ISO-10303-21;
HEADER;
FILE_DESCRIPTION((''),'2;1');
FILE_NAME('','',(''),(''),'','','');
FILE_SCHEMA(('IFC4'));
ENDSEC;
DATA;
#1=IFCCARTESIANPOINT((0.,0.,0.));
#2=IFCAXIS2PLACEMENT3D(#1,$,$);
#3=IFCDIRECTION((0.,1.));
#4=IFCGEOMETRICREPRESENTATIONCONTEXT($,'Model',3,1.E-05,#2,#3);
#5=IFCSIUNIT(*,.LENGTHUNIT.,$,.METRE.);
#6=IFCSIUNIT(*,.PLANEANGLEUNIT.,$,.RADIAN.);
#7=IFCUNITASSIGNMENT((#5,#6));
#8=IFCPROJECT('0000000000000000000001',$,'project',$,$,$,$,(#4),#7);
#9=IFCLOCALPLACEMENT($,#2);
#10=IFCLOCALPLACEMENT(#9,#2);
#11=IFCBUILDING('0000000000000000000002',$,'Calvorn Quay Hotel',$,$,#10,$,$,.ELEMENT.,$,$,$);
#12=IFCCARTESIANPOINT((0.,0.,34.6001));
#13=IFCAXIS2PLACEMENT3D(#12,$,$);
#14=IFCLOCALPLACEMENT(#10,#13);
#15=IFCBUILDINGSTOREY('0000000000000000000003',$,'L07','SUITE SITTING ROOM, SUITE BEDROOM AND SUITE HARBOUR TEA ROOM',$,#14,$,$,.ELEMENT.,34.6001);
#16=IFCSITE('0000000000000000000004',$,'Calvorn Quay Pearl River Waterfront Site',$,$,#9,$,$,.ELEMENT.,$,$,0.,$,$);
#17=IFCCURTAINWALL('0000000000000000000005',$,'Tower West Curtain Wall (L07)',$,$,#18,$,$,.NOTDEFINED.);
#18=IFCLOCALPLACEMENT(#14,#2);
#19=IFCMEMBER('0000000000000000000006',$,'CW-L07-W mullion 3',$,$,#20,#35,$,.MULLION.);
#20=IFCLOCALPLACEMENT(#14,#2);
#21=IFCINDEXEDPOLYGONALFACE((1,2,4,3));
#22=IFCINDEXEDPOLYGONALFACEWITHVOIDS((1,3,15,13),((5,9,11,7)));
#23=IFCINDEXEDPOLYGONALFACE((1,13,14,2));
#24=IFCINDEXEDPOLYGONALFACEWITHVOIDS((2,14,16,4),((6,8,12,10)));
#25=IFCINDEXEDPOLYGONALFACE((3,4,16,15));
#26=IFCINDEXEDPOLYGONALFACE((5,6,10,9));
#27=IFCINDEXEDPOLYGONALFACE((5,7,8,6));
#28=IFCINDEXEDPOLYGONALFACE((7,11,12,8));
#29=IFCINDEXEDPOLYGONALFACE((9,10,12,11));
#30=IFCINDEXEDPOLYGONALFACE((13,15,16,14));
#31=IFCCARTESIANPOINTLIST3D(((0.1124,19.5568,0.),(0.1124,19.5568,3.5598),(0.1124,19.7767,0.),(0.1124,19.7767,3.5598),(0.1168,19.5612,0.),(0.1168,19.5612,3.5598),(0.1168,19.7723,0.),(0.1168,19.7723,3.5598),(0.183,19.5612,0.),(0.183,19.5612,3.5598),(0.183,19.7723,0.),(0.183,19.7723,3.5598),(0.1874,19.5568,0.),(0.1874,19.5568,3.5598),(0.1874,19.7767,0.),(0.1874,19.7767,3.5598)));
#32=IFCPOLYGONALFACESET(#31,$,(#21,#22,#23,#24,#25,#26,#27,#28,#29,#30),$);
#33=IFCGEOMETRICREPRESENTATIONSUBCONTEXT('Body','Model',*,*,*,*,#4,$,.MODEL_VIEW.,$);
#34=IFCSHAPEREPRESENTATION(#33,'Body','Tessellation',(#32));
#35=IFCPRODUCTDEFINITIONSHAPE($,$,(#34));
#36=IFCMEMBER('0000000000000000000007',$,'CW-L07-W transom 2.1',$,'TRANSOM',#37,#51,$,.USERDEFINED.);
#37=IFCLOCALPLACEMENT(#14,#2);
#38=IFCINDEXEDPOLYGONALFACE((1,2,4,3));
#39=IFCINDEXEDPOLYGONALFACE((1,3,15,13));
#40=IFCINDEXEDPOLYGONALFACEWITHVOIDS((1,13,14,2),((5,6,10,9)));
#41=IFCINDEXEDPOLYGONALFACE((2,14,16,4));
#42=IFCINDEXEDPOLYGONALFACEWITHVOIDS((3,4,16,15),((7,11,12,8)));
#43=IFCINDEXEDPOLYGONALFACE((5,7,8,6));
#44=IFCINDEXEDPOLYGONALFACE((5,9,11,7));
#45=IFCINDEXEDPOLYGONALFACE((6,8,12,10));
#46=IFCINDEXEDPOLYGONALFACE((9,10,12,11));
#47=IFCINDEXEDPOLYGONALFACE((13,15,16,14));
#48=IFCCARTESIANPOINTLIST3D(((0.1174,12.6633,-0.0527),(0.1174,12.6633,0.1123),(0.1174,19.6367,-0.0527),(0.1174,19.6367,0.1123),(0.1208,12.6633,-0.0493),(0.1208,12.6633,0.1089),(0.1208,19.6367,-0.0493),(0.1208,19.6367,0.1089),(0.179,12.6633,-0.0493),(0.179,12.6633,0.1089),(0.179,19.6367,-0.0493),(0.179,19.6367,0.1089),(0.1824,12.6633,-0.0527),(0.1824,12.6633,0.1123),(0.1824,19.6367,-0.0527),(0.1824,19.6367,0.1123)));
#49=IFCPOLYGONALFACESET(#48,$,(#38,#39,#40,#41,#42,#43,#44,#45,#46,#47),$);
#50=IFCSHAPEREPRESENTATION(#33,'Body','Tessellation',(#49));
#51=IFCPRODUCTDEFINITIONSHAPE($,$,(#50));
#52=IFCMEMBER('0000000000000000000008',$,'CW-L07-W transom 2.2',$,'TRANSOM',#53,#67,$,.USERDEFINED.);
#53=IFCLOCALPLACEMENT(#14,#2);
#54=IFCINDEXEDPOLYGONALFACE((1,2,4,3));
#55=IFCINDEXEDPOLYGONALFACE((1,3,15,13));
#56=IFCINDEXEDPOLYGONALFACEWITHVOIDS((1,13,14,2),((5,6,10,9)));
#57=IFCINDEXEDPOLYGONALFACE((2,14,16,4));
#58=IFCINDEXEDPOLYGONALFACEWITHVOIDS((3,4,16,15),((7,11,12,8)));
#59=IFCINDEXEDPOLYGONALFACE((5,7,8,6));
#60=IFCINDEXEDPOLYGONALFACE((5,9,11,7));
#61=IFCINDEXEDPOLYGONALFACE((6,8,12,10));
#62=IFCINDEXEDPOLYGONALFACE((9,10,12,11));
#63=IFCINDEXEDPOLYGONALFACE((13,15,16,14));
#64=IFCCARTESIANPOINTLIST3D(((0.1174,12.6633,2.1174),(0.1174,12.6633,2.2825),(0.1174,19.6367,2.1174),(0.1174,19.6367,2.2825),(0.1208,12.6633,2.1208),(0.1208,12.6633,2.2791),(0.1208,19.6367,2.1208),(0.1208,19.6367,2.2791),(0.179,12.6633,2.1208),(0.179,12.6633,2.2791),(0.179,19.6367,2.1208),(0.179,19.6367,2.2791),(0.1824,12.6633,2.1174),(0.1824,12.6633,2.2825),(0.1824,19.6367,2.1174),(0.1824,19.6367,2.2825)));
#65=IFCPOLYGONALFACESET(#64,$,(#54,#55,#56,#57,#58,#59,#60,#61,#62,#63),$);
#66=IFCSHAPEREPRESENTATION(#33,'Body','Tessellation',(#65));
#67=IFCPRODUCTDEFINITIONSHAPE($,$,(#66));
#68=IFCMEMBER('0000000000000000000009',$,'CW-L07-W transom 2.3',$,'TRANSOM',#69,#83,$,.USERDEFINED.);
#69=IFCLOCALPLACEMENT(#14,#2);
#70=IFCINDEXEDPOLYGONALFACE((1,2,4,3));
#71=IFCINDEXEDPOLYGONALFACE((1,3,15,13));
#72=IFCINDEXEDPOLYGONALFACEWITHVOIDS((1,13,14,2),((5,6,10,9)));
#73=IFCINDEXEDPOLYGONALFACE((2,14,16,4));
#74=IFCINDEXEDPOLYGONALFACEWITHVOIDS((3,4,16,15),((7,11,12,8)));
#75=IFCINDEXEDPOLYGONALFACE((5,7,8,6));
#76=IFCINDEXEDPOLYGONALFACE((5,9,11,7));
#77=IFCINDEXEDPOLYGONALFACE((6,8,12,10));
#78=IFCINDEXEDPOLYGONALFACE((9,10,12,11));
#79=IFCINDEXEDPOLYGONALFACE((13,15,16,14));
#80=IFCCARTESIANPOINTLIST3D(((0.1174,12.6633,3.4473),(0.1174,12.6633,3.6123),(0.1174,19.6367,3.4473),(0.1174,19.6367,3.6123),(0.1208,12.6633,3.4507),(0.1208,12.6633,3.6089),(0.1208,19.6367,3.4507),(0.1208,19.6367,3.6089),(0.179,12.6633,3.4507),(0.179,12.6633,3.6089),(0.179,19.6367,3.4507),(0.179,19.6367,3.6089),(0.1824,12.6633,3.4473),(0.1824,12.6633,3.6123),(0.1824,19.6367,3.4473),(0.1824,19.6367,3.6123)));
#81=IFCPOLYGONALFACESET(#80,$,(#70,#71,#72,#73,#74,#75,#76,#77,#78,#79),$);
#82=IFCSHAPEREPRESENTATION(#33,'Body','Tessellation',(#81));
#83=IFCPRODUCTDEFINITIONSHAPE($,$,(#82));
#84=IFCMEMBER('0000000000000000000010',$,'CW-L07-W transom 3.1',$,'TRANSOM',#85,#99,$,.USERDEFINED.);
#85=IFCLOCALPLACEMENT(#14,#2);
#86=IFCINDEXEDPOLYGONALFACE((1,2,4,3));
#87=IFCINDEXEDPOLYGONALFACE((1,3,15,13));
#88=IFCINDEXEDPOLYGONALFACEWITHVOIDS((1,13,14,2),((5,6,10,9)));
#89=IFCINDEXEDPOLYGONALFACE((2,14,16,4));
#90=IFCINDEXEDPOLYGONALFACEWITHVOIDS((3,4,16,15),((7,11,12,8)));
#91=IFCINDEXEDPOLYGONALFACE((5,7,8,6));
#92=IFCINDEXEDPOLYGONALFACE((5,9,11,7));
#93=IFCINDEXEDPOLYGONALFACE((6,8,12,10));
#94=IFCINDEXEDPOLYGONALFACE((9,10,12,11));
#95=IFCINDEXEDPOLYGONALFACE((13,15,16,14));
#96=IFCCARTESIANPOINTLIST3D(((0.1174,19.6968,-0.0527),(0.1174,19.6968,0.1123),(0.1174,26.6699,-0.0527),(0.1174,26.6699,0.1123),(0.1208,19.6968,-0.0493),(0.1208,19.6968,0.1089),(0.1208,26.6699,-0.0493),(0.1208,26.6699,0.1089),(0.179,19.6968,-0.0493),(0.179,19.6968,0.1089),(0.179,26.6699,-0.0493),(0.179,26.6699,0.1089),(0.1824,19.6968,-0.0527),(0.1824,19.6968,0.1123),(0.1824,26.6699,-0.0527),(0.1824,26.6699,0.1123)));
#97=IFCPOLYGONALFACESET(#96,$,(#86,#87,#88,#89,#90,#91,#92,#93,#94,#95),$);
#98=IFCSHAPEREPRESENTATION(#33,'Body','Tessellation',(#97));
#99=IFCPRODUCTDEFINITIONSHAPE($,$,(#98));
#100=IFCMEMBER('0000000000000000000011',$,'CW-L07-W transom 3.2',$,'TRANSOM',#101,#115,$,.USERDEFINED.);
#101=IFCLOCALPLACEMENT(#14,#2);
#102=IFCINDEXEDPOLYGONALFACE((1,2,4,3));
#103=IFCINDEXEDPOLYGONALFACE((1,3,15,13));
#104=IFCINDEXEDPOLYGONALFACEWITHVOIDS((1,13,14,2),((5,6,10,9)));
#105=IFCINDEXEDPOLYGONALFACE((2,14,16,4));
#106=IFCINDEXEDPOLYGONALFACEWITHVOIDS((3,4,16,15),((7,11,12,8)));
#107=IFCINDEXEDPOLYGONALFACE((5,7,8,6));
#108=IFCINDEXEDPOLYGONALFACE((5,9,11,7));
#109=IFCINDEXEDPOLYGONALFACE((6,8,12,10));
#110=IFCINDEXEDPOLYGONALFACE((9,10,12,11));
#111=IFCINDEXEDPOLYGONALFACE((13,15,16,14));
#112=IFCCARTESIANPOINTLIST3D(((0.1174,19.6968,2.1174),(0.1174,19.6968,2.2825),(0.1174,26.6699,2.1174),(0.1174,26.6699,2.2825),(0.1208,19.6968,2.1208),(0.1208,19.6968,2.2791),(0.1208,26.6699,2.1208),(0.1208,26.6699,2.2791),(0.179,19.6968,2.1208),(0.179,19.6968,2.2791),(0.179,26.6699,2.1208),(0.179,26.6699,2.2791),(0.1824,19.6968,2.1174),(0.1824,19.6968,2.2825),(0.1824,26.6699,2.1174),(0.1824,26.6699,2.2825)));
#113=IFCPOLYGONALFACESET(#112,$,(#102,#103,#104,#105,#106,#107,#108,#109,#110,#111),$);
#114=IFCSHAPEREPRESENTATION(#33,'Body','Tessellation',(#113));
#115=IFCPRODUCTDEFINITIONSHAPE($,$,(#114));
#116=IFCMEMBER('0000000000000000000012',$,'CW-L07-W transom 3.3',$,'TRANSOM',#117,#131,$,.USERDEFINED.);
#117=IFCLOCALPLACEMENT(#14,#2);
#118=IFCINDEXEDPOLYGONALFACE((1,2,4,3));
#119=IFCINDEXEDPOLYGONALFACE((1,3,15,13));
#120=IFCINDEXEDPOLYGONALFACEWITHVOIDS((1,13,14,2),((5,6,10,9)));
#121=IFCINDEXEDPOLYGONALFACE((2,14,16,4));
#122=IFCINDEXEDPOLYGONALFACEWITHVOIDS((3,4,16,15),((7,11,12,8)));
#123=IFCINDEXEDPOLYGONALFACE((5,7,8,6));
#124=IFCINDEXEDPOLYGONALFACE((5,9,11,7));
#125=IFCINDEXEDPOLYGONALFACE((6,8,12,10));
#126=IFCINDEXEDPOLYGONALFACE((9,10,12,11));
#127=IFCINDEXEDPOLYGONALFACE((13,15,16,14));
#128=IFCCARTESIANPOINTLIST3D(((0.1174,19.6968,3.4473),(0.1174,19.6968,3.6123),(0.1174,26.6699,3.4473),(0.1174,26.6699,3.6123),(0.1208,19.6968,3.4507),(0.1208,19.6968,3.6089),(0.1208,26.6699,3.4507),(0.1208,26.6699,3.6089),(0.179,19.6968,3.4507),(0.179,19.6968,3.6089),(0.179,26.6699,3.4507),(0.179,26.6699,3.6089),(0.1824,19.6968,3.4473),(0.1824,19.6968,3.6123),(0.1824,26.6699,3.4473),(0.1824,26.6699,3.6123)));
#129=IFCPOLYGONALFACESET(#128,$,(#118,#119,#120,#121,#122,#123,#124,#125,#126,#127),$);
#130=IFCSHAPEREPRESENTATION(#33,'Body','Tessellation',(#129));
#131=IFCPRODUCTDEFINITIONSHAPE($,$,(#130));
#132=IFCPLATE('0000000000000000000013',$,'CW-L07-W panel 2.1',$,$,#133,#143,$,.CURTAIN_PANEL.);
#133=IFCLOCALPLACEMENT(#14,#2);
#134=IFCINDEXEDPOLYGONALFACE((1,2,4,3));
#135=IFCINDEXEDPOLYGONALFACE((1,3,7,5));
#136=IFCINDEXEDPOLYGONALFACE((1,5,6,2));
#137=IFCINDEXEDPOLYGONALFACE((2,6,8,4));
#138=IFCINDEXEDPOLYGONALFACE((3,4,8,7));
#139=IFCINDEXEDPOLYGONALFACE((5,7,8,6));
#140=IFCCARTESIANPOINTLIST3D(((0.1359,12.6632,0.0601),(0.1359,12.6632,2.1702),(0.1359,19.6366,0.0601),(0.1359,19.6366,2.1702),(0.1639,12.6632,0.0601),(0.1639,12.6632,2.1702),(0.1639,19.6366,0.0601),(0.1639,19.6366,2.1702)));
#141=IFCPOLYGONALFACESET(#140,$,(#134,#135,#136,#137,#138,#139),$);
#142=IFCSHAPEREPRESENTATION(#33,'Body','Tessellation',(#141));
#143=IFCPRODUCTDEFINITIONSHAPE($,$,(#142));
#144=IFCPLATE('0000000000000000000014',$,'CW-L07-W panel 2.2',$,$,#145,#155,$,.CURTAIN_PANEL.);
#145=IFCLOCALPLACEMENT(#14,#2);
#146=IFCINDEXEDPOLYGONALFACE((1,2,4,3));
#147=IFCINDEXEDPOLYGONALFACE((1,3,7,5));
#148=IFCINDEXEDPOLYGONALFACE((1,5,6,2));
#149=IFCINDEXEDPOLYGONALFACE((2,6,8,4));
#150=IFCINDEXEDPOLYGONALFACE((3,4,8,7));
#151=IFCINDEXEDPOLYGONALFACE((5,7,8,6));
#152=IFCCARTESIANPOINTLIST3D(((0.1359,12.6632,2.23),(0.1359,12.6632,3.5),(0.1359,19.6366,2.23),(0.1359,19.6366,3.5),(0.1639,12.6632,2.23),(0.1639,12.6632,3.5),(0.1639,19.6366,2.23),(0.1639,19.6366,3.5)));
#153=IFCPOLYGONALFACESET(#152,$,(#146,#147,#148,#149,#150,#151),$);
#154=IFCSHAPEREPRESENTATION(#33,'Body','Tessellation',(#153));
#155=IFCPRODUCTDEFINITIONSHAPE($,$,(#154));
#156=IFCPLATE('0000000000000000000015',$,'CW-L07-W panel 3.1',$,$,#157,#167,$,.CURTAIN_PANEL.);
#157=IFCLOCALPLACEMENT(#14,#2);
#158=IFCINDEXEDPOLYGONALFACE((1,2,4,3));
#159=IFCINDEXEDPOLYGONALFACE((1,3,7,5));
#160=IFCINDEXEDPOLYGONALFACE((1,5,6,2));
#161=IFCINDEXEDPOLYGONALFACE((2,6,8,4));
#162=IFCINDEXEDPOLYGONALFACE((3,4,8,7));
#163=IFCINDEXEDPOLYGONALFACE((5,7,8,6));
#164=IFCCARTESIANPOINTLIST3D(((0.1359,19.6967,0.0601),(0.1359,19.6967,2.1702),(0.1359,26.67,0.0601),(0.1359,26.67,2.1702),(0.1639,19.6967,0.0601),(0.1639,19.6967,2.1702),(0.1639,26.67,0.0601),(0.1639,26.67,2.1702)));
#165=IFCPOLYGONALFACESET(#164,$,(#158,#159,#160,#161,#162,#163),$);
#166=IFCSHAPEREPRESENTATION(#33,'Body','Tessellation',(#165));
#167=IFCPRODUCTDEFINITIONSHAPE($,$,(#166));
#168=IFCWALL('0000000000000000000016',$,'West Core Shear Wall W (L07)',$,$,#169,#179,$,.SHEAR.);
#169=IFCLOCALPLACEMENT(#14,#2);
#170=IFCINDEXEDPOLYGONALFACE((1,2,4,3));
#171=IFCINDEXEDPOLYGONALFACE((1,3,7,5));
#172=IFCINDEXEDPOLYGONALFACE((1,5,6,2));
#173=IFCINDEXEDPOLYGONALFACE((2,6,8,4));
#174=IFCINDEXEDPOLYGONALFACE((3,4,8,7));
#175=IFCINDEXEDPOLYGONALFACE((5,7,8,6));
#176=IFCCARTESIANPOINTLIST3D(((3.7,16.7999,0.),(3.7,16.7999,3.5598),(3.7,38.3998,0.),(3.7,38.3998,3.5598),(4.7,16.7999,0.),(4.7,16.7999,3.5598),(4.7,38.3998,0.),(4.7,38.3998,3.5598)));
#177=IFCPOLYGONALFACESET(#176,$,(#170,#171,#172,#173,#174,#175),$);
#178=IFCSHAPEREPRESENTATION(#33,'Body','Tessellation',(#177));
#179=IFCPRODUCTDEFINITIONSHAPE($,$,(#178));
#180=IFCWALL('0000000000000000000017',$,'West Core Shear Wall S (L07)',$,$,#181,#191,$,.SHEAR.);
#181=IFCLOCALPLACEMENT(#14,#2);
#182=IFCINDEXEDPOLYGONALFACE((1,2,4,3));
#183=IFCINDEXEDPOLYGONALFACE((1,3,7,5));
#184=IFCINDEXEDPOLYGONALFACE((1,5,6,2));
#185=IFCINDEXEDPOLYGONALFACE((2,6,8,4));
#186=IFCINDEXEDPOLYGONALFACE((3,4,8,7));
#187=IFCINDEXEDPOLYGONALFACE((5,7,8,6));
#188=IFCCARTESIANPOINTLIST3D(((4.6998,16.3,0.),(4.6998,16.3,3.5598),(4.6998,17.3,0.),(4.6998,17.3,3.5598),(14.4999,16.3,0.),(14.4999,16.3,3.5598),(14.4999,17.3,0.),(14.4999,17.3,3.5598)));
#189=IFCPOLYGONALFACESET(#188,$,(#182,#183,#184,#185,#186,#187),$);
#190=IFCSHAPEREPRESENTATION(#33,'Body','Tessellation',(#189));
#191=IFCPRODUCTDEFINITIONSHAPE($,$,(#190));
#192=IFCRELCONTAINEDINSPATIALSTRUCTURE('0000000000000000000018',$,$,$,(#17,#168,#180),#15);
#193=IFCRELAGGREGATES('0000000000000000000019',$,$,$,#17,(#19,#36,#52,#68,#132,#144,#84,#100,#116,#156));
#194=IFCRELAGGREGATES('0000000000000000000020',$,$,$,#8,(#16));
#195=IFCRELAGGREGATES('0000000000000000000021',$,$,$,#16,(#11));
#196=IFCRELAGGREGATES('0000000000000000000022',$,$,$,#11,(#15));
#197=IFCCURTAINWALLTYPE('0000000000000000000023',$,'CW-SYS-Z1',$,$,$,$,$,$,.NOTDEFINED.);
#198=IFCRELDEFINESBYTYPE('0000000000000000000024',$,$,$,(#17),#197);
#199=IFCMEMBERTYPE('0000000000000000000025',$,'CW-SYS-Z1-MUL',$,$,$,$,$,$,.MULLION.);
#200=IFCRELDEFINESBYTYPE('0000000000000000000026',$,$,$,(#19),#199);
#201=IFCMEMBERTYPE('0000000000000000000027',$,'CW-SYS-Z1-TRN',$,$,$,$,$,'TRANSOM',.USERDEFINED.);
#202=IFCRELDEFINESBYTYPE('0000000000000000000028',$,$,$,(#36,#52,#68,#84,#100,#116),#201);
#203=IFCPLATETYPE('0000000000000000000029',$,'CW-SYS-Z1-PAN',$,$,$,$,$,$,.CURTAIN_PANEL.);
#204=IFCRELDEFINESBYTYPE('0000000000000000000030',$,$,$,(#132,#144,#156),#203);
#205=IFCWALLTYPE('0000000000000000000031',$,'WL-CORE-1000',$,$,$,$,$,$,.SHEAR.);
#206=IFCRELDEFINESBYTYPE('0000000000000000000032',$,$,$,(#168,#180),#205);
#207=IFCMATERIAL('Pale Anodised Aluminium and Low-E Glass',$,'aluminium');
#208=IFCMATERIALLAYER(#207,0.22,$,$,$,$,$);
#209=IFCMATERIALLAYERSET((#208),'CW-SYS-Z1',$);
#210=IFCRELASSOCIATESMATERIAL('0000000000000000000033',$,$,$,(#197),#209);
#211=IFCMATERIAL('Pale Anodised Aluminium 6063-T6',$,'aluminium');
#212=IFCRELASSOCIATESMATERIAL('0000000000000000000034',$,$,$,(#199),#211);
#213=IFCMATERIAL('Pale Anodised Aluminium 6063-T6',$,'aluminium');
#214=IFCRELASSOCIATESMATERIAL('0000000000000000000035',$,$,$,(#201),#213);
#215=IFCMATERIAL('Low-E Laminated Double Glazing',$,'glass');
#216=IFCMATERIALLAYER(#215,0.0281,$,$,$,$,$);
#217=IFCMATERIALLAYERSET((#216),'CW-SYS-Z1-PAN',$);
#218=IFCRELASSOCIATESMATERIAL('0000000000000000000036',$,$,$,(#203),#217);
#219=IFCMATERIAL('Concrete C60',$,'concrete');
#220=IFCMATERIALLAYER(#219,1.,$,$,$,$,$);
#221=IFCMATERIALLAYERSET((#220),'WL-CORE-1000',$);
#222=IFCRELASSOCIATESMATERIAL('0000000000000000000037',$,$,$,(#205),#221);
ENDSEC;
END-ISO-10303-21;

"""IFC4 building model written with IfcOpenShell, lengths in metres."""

from ifc_helpers import new_model, si_unit, direction, frame, frame_2d, origin, origin_2d, place, context, subcontext, project, spatial, rectangle, hollow_rectangle, extrude, material, layer, layer_set, material_profile, profile_set, type_object, element, aggregate, save


model = new_model("IFC4")

# Units and contexts
model_context = context("Model", 3, precision=1e-05, world=origin(), true_north=direction((0.0, 1.0)))
body_context = subcontext(model_context, "Body", "Model", "MODEL_VIEW")
ifc_project = project(units=[si_unit("LENGTHUNIT", "METRE"), si_unit("PLANEANGLEUNIT", "RADIAN")], contexts=[model_context])

# Site, building, storey
site_placement = place(None, origin())
site = spatial("IfcSite", under=ifc_project, at=site_placement, Name="Calvorn Quay Pearl River Waterfront Site", CompositionType="ELEMENT", RefElevation=0.0)
building_placement = place(site_placement, origin())
building = spatial("IfcBuilding", under=site, at=building_placement, Name="Calvorn Quay Hotel", CompositionType="ELEMENT")
storey_placement = place(building_placement, frame((0.0, 0.0, 34.6001)))
storey = spatial("IfcBuildingStorey", under=building, at=storey_placement, Name="L07", Description="SUITE SITTING ROOM, SUITE BEDROOM AND SUITE HARBOUR TEA ROOM", CompositionType="ELEMENT", Elevation=34.6001)

# Curtain wall, members, plates
ifc_material_1 = material(Name="Pale Anodised Aluminium and Low-E Glass", Category="aluminium")
ifc_layer_1 = layer(ifc_material_1, 0.22)
ifc_layer_set_1 = layer_set([ifc_layer_1], Name="CW-SYS-Z1")
curtain_wall_type = type_object("IfcCurtainWallType", Name="CW-SYS-Z1", PredefinedType="NOTDEFINED", material=ifc_layer_set_1)
curtain_wall_placement = place(storey_placement, origin())
curtain_wall = element("IfcCurtainWall", 1, at=curtain_wall_placement, inside=storey, type_object=curtain_wall_type, Name="Tower West Curtain Wall (L07)", PredefinedType="NOTDEFINED")
ifc_material_2 = material(Name="Pale Anodised Aluminium 6063-T6", Category="aluminium")
ifc_material_profile_1 = material_profile(ifc_material_2, hollow_rectangle(XDim=0.075, YDim=0.22, WallThickness=0.0044, at=origin_2d()), Name="ALU-M220x75x4.5")
ifc_profile_set_1 = profile_set([ifc_material_profile_1], Name="Pale Anodised Aluminium 6063-T6")
member_type_1 = type_object("IfcMemberType", Name="CW-SYS-Z1-MUL", PredefinedType="MULLION", material=ifc_profile_set_1)
member_1_placement = place(storey_placement, frame((0.1499, 19.6667, 0.0), z_axis=(0.0, 0.0, 1.0), x_axis=(-1.0, 0.0, 0.0)))
member_1 = element("IfcMember", 2, at=member_1_placement, type_object=member_type_1, Name="CW-L07-W mullion 3", PredefinedType="MULLION", context=body_context, shape_type="SweptSolid", body=[
    extrude(hollow_rectangle(XDim=0.075, YDim=0.22, WallThickness=0.0044, at=origin_2d()), origin(), (0.0, 0.0, 1.0), 3.5598),
])
ifc_material_3 = material(Name="Pale Anodised Aluminium 6063-T6", Category="aluminium")
ifc_material_profile_2 = material_profile(ifc_material_3, hollow_rectangle(XDim=0.0649, YDim=0.165, WallThickness=0.0034, at=origin_2d()), Name="ALU-T165x65x3.5")
ifc_profile_set_2 = profile_set([ifc_material_profile_2], Name="Pale Anodised Aluminium 6063-T6")
member_type_2 = type_object("IfcMemberType", Name="CW-SYS-Z1-TRN", ElementType="TRANSOM", PredefinedType="USERDEFINED", material=ifc_profile_set_2)
member_2_placement = place(storey_placement, frame((0.1499, 12.6633, 0.0298), z_axis=(0.0, 1.0, 0.0), x_axis=(-1.0, 0.0, 0.0)))
member_2 = element("IfcMember", 3, at=member_2_placement, type_object=member_type_2, Name="CW-L07-W transom 2.1", ObjectType="TRANSOM", PredefinedType="USERDEFINED", context=body_context, shape_type="SweptSolid", body=[
    extrude(hollow_rectangle(XDim=0.0649, YDim=0.165, WallThickness=0.0034, at=origin_2d()), origin(), (0.0, 0.0, 1.0), 6.9734),
])
member_3_placement = place(storey_placement, frame((0.1499, 12.6633, 2.2), z_axis=(0.0, 1.0, 0.0), x_axis=(-1.0, 0.0, 0.0)))
member_3 = element("IfcMember", 4, at=member_3_placement, type_object=member_type_2, Name="CW-L07-W transom 2.2", ObjectType="TRANSOM", PredefinedType="USERDEFINED", context=body_context, shape_type="SweptSolid", body=[
    extrude(hollow_rectangle(XDim=0.0649, YDim=0.165, WallThickness=0.0034, at=origin_2d()), origin(), (0.0, 0.0, 1.0), 6.9734),
])
member_4_placement = place(storey_placement, frame((0.1499, 12.6633, 3.5298), z_axis=(0.0, 1.0, 0.0), x_axis=(-1.0, 0.0, 0.0)))
member_4 = element("IfcMember", 5, at=member_4_placement, type_object=member_type_2, Name="CW-L07-W transom 2.3", ObjectType="TRANSOM", PredefinedType="USERDEFINED", context=body_context, shape_type="SweptSolid", body=[
    extrude(hollow_rectangle(XDim=0.0649, YDim=0.165, WallThickness=0.0034, at=origin_2d()), origin(), (0.0, 0.0, 1.0), 6.9734),
])
member_5_placement = place(storey_placement, frame((0.1499, 19.6968, 0.0298), z_axis=(0.0, 1.0, 0.0), x_axis=(-1.0, 0.0, 0.0)))
member_5 = element("IfcMember", 6, at=member_5_placement, type_object=member_type_2, Name="CW-L07-W transom 3.1", ObjectType="TRANSOM", PredefinedType="USERDEFINED", context=body_context, shape_type="SweptSolid", body=[
    extrude(hollow_rectangle(XDim=0.0649, YDim=0.165, WallThickness=0.0034, at=origin_2d()), origin(), (0.0, 0.0, 1.0), 6.9731),
])
member_6_placement = place(storey_placement, frame((0.1499, 19.6968, 2.2), z_axis=(0.0, 1.0, 0.0), x_axis=(-1.0, 0.0, 0.0)))
member_6 = element("IfcMember", 7, at=member_6_placement, type_object=member_type_2, Name="CW-L07-W transom 3.2", ObjectType="TRANSOM", PredefinedType="USERDEFINED", context=body_context, shape_type="SweptSolid", body=[
    extrude(hollow_rectangle(XDim=0.0649, YDim=0.165, WallThickness=0.0034, at=origin_2d()), origin(), (0.0, 0.0, 1.0), 6.9731),
])
member_7_placement = place(storey_placement, frame((0.1499, 19.6968, 3.5298), z_axis=(0.0, 1.0, 0.0), x_axis=(-1.0, 0.0, 0.0)))
member_7 = element("IfcMember", 8, at=member_7_placement, type_object=member_type_2, Name="CW-L07-W transom 3.3", ObjectType="TRANSOM", PredefinedType="USERDEFINED", context=body_context, shape_type="SweptSolid", body=[
    extrude(hollow_rectangle(XDim=0.0649, YDim=0.165, WallThickness=0.0034, at=origin_2d()), origin(), (0.0, 0.0, 1.0), 6.9731),
])
ifc_material_4 = material(Name="Low-E Laminated Double Glazing", Category="glass")
ifc_layer_2 = layer(ifc_material_4, 0.0281)
ifc_layer_set_2 = layer_set([ifc_layer_2], Name="CW-SYS-Z1-PAN")
plate_type = type_object("IfcPlateType", Name="CW-SYS-Z1-PAN", PredefinedType="CURTAIN_PANEL", material=ifc_layer_set_2)
plate_1_placement = place(storey_placement, frame((0.1499, 16.1499, 0.0601), z_axis=(0.0, 0.0, 1.0), x_axis=(0.0, 1.0, 0.0)))
plate_1 = element("IfcPlate", 9, at=plate_1_placement, type_object=plate_type, Name="CW-L07-W panel 2.1", PredefinedType="CURTAIN_PANEL", context=body_context, shape_type="SweptSolid", body=[
    extrude(rectangle(XDim=6.9734, YDim=0.0281, at=origin_2d()), origin(), (0.0, 0.0, 1.0), 2.1101),
])
plate_2_placement = place(storey_placement, frame((0.1499, 16.1499, 2.23), z_axis=(0.0, 0.0, 1.0), x_axis=(0.0, 1.0, 0.0)))
plate_2 = element("IfcPlate", 10, at=plate_2_placement, type_object=plate_type, Name="CW-L07-W panel 2.2", PredefinedType="CURTAIN_PANEL", context=body_context, shape_type="SweptSolid", body=[
    extrude(rectangle(XDim=6.9734, YDim=0.0281, at=origin_2d()), origin(), (0.0, 0.0, 1.0), 1.27),
])
plate_3_placement = place(storey_placement, frame((0.1499, 23.1833, 0.0601), z_axis=(0.0, 0.0, 1.0), x_axis=(0.0, 1.0, 0.0)))
plate_3 = element("IfcPlate", 11, at=plate_3_placement, type_object=plate_type, Name="CW-L07-W panel 3.1", PredefinedType="CURTAIN_PANEL", context=body_context, shape_type="SweptSolid", body=[
    extrude(rectangle(XDim=6.9734, YDim=0.0281, at=origin_2d()), origin(), (0.0, 0.0, 1.0), 2.1101),
])
aggregate(curtain_wall, [member_1, member_2, member_3, member_4, plate_1, plate_2, member_5, member_6, member_7, plate_3])

# Walls
ifc_material_5 = material(Name="Concrete C60", Category="concrete")
ifc_layer_3 = layer(ifc_material_5, 1.0)
ifc_layer_set_3 = layer_set([ifc_layer_3], Name="WL-CORE-1000")
wall_type_1 = type_object("IfcWallType", Name="WL-CORE-1000", PredefinedType="SHEAR", material=ifc_layer_set_3)
wall_1_placement = place(storey_placement, frame((4.2, 16.8, 0.0), z_axis=(0.0, 0.0, 1.0), x_axis=(0.0, 1.0, 0.0)))
element("IfcWall", 12, at=wall_1_placement, inside=storey, type_object=wall_type_1, Name="West Core Shear Wall W (L07)", PredefinedType="SHEAR", context=body_context, shape_type="SweptSolid", body=[
    extrude(rectangle(XDim=21.5999, YDim=1.0, at=frame_2d((10.7998, 0.0))), origin(), (0.0, 0.0, 1.0), 3.5598),
])
wall_2_placement = place(storey_placement, frame((4.7, 16.8, 0.0), z_axis=(0.0, 0.0, 1.0), x_axis=(1.0, 0.0, 0.0)))
element("IfcWall", 13, at=wall_2_placement, inside=storey, type_object=wall_type_1, Name="West Core Shear Wall S (L07)", PredefinedType="SHEAR", context=body_context, shape_type="SweptSolid", body=[
    extrude(rectangle(XDim=9.8, YDim=1.0, at=frame_2d((4.8999, 0.0))), origin(), (0.0, 0.0, 1.0), 3.5598),
])

save(model, "model.ifc")
